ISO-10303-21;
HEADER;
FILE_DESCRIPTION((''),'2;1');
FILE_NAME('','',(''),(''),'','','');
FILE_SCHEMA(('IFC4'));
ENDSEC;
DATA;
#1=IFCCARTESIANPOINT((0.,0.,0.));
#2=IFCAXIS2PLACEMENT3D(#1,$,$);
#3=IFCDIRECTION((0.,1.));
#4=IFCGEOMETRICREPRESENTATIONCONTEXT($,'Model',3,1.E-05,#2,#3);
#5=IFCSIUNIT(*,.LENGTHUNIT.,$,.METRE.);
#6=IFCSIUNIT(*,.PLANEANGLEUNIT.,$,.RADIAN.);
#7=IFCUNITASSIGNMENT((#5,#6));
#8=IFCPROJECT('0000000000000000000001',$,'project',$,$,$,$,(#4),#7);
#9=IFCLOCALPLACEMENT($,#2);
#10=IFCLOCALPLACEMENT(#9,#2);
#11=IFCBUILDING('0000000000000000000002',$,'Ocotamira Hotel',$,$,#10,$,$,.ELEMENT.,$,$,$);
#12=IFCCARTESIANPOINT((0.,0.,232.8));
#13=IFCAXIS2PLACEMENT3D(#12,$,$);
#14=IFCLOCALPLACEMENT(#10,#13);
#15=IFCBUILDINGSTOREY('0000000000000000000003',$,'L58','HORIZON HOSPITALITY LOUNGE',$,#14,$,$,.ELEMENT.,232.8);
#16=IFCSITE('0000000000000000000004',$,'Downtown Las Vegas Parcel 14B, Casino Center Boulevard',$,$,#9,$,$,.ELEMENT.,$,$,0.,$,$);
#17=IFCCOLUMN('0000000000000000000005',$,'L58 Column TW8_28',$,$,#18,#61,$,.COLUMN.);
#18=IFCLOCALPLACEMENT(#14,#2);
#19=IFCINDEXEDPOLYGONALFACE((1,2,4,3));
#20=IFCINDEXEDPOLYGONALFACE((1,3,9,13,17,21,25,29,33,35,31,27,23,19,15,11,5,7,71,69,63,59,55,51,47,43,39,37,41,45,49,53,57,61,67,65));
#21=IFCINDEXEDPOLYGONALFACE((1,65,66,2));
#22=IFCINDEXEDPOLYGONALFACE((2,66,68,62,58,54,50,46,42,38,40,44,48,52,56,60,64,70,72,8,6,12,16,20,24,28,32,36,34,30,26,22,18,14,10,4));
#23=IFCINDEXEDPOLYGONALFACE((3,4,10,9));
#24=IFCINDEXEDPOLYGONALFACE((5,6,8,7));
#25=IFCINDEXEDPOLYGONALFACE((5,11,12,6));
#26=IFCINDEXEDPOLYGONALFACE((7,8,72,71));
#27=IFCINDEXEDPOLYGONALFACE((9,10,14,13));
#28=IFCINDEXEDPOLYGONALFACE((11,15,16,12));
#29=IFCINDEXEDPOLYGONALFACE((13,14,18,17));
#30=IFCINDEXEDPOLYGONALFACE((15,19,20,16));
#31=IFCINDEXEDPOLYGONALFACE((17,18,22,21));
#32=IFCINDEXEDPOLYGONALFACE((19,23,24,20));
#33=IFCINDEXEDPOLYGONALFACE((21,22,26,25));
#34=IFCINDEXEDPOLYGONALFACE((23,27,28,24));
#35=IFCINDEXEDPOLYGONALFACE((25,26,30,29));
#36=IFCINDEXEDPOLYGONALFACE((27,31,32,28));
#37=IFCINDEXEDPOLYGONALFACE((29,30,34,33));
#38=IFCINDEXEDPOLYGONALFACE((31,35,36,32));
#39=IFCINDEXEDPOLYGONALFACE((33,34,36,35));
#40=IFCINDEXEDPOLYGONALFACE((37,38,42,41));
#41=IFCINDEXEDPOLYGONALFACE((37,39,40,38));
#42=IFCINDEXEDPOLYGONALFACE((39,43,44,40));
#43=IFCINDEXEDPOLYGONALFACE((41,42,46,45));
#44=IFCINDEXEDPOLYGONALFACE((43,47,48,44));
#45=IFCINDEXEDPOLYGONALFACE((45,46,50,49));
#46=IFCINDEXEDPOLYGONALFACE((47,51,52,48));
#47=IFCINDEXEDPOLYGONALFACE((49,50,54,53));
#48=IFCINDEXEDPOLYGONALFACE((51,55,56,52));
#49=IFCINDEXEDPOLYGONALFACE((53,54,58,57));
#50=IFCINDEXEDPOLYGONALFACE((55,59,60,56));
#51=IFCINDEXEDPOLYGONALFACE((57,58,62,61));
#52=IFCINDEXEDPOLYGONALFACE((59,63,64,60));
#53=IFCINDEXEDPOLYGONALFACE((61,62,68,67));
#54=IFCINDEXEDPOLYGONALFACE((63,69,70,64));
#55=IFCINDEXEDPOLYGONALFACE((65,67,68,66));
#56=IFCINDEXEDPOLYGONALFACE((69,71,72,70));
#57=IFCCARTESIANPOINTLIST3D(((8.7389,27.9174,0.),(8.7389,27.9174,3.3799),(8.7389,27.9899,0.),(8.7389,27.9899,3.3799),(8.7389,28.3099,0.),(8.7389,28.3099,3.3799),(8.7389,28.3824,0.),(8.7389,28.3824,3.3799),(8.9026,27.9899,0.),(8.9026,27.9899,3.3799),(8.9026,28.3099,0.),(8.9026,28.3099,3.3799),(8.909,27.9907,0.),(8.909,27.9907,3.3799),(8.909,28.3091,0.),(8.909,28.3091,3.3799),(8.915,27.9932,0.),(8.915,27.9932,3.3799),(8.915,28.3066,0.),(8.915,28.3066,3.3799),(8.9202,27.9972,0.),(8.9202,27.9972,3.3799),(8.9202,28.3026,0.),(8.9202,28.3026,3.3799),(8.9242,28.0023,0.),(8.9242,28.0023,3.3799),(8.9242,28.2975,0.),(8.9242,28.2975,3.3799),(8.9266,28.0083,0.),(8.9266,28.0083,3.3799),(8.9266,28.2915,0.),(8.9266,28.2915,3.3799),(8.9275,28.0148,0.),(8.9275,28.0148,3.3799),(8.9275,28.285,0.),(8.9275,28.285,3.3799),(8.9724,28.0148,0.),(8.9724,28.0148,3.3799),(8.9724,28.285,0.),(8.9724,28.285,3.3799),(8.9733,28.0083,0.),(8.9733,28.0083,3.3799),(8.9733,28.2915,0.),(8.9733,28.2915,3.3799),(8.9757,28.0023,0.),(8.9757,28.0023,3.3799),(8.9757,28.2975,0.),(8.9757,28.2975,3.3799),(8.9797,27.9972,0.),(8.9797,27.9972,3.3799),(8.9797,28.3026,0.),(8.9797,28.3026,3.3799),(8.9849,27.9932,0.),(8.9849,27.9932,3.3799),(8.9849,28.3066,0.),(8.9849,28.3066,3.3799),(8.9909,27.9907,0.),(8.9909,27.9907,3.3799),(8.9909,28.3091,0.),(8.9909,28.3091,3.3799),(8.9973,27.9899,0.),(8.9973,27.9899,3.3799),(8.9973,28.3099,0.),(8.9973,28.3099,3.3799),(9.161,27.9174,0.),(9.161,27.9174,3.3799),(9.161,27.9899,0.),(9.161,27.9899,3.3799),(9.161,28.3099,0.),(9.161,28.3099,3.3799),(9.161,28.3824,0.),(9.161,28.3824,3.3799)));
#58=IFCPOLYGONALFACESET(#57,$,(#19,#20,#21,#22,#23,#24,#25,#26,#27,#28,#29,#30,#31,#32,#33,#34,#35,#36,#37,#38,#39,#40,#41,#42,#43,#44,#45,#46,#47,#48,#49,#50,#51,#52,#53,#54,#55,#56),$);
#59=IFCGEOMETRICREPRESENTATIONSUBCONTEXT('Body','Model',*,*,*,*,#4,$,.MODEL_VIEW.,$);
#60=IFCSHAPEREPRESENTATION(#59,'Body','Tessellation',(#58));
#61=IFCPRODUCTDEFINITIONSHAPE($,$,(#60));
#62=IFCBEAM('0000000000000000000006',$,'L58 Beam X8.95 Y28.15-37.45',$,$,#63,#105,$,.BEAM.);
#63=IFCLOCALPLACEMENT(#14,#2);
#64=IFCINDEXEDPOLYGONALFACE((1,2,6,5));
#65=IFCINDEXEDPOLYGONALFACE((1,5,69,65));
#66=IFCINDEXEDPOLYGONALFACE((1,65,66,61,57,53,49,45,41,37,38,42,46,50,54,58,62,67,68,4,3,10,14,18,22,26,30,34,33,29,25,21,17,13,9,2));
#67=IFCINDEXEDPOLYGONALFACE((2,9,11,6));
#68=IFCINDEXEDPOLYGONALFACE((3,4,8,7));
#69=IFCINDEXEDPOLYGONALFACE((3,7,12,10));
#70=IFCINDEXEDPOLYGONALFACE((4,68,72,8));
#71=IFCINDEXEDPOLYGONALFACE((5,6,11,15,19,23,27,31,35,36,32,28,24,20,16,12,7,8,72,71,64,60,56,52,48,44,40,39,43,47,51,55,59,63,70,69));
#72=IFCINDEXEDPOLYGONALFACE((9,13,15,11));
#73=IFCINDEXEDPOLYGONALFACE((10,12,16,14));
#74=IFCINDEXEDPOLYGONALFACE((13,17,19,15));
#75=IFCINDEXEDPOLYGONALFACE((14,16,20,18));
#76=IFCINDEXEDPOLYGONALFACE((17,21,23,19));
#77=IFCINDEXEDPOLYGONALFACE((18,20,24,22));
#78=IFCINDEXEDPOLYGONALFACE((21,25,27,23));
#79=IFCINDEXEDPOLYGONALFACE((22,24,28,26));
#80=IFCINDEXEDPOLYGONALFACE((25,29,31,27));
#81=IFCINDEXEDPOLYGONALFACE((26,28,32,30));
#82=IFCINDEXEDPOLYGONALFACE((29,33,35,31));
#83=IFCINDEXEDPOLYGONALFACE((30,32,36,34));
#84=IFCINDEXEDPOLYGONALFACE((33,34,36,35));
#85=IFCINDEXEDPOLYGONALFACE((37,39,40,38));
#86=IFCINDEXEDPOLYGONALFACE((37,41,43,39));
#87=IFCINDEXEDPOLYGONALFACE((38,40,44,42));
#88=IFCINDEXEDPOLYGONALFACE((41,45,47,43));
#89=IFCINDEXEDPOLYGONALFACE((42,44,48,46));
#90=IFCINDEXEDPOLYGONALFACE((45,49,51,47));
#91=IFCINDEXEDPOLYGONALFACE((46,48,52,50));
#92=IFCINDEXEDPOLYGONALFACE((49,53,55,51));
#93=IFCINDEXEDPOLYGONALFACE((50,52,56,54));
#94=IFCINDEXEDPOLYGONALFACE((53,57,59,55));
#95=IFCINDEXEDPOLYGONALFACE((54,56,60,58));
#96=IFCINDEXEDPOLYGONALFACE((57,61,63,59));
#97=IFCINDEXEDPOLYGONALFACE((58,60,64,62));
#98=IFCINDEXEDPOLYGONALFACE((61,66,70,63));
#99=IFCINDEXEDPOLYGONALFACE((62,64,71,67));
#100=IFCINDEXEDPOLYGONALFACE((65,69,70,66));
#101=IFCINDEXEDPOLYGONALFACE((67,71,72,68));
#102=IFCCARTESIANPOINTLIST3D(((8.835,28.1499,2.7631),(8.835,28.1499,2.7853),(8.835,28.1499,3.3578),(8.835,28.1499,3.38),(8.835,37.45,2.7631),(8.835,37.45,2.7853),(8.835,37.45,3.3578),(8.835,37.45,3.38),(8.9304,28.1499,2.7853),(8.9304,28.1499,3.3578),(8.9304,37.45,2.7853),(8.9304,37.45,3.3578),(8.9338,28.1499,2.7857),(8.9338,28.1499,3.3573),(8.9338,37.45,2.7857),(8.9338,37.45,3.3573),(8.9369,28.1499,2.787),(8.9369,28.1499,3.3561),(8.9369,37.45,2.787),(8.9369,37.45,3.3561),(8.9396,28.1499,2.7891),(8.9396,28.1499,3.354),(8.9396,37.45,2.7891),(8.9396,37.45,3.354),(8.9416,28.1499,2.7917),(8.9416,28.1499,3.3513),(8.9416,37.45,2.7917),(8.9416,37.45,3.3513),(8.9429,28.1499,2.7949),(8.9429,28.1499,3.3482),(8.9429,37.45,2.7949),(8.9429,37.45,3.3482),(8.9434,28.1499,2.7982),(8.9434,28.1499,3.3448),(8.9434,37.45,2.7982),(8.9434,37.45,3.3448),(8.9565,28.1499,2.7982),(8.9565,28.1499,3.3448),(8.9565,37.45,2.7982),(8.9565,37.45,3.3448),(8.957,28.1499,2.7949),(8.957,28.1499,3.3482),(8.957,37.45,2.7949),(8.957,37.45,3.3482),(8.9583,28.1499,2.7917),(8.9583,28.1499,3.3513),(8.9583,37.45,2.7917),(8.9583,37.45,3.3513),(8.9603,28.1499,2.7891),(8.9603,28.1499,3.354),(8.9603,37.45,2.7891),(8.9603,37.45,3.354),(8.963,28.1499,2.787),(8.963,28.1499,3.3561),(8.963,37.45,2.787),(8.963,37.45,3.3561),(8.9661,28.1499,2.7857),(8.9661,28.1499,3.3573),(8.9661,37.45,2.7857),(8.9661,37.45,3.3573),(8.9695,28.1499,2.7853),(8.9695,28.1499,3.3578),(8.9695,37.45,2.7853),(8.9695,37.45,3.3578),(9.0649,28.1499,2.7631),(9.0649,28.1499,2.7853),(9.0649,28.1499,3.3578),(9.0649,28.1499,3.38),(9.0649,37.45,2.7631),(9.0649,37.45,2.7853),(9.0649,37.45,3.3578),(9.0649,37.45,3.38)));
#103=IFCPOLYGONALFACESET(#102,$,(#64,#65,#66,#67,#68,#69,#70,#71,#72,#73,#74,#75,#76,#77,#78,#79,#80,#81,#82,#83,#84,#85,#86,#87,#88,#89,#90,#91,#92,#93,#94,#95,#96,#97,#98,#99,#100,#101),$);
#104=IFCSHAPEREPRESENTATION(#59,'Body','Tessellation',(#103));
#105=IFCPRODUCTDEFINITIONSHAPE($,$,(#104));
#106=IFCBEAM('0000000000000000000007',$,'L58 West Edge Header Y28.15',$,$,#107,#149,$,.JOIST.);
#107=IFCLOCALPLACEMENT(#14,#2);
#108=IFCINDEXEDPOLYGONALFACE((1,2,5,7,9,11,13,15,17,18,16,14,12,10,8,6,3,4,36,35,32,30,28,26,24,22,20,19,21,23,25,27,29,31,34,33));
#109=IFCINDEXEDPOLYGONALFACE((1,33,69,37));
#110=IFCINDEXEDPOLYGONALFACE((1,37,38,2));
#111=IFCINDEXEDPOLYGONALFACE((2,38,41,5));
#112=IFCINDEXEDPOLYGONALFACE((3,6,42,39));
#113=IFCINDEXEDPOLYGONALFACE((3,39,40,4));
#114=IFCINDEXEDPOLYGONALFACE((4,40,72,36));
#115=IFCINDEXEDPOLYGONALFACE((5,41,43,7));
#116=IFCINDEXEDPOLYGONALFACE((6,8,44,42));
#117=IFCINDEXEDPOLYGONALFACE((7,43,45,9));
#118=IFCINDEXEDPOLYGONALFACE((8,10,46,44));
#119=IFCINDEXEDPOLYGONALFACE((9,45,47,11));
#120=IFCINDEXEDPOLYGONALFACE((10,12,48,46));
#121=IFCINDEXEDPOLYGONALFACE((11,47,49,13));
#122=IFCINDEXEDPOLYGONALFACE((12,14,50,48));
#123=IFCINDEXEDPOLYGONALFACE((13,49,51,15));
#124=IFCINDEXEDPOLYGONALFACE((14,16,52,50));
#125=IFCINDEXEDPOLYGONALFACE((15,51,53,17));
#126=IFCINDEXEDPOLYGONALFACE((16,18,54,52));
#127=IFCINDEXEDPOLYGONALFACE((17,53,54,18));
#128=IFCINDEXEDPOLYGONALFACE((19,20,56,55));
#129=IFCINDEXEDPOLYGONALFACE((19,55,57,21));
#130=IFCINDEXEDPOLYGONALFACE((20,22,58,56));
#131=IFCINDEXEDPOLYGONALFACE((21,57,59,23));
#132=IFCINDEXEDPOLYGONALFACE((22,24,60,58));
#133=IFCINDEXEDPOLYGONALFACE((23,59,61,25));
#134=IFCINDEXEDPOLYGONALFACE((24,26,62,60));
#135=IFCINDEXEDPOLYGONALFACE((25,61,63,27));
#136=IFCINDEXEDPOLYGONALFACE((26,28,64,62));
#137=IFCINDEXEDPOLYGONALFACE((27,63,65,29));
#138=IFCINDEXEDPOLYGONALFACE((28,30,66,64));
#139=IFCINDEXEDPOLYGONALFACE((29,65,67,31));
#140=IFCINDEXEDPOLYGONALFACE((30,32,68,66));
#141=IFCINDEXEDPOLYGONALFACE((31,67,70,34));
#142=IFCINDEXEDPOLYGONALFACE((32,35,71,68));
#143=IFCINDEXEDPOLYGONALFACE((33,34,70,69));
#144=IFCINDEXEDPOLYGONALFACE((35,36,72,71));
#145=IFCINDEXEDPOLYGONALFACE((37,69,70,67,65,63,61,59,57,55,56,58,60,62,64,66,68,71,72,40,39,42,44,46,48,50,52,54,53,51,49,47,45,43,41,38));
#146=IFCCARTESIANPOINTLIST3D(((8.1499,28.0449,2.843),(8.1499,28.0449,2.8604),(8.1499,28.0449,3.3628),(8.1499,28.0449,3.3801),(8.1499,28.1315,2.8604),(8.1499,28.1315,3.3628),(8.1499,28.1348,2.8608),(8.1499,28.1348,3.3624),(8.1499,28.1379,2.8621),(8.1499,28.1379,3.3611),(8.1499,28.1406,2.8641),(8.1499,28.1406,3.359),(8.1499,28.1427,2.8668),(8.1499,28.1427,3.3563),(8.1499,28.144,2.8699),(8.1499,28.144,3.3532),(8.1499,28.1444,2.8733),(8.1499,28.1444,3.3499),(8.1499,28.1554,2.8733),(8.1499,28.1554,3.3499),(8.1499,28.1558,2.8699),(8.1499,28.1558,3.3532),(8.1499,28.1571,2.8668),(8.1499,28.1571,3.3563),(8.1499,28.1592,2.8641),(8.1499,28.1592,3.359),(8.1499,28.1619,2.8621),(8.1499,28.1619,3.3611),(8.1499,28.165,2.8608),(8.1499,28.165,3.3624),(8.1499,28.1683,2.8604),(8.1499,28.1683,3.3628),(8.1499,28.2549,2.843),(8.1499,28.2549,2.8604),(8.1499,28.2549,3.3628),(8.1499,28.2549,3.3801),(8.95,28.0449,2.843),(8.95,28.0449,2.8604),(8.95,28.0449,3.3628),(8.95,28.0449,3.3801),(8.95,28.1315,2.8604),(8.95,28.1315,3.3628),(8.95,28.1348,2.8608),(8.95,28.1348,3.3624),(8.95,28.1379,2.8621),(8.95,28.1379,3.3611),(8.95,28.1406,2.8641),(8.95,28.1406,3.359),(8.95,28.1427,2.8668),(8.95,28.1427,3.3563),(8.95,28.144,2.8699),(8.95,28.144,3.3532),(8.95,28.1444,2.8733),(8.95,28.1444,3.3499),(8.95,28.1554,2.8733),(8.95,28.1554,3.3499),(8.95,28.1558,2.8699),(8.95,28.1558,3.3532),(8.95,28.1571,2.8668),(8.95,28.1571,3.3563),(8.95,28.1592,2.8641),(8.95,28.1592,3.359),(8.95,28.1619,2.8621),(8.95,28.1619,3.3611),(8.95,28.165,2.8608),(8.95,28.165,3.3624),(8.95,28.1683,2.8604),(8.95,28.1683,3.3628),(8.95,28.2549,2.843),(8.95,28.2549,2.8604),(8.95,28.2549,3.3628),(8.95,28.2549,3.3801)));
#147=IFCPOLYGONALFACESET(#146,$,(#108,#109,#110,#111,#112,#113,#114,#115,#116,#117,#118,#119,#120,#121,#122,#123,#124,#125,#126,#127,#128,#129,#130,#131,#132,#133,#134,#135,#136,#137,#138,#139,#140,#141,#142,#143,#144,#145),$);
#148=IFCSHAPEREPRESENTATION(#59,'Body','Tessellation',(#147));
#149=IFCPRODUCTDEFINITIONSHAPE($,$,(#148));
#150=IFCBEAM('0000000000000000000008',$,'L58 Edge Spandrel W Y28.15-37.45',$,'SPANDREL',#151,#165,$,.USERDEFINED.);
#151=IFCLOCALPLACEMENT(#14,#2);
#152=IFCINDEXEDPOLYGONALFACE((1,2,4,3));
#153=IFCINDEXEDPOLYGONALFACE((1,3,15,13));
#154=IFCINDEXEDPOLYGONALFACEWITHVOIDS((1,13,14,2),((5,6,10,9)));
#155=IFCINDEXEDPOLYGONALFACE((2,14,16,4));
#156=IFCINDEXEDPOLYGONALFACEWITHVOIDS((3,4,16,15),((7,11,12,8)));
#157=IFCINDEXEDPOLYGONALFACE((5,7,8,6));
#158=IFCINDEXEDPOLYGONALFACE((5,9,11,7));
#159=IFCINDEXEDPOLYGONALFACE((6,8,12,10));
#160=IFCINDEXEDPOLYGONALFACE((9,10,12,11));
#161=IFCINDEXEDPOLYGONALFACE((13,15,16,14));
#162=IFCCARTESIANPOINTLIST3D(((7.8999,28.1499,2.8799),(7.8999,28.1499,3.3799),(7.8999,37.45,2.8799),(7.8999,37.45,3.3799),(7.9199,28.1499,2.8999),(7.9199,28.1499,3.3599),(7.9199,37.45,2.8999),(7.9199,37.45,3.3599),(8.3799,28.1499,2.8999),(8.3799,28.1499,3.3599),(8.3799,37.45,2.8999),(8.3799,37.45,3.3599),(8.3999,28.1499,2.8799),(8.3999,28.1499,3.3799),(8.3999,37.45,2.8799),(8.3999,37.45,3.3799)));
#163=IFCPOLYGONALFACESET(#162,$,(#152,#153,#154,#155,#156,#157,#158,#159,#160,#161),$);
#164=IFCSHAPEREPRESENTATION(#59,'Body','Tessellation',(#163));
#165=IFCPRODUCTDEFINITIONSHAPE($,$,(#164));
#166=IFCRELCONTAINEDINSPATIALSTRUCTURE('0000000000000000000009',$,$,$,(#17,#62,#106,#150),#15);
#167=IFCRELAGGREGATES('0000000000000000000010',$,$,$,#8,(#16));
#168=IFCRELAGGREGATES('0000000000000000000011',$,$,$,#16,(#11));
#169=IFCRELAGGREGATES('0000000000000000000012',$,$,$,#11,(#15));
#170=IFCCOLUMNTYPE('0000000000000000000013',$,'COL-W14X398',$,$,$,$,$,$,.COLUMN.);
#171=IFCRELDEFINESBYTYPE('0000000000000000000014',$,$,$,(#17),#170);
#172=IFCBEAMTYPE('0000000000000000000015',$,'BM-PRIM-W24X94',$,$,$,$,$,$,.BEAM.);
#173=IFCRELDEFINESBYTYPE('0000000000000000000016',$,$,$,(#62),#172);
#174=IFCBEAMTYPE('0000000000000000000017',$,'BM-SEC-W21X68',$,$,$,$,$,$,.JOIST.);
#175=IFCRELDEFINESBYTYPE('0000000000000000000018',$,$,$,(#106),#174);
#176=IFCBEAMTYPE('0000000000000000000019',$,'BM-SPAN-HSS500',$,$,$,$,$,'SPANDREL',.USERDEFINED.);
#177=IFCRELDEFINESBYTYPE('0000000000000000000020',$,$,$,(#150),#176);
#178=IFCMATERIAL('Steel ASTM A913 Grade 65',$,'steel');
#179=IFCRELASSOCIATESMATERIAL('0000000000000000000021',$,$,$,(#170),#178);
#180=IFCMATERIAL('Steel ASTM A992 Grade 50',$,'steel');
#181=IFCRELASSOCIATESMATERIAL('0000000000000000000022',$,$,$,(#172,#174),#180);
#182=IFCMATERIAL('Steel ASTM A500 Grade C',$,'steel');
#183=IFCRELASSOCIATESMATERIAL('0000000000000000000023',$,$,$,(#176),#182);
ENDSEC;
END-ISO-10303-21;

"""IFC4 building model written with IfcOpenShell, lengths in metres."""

from ifc_helpers import new_model, si_unit, direction, frame, origin, origin_2d, place, context, subcontext, project, spatial, hollow_rectangle, i_section, extrude, source, transform, mapped, material, material_profile, profile_set, type_object, element, save


model = new_model("IFC4")

# Units and contexts
model_context = context("Model", 3, precision=1e-05, world=origin(), true_north=direction((0.0, 1.0)))
body_context = subcontext(model_context, "Body", "Model", "MODEL_VIEW")
ifc_project = project(units=[si_unit("LENGTHUNIT", "METRE"), si_unit("PLANEANGLEUNIT", "RADIAN")], contexts=[model_context])

# Site, building, storey
site_placement = place(None, origin())
site = spatial("IfcSite", under=ifc_project, at=site_placement, Name="Downtown Las Vegas Parcel 14B, Casino Center Boulevard", CompositionType="ELEMENT", RefElevation=0.0)
building_placement = place(site_placement, origin())
building = spatial("IfcBuilding", under=site, at=building_placement, Name="Ocotamira Hotel", CompositionType="ELEMENT")
storey_placement = place(building_placement, frame((0.0, 0.0, 232.8)))
storey = spatial("IfcBuildingStorey", under=building, at=storey_placement, Name="L58", Description="HORIZON HOSPITALITY LOUNGE", CompositionType="ELEMENT", Elevation=232.8)

# Column
ifc_material_1 = material(Name="Steel ASTM A913 Grade 65", Category="steel")
ifc_material_profile_1 = material_profile(ifc_material_1, i_section(OverallWidth=0.4221, OverallDepth=0.4651, WebThickness=0.0449, FlangeThickness=0.0725, FilletRadius=0.0249, at=origin_2d()), Name="W14X398")
ifc_profile_set_1 = profile_set([ifc_material_profile_1], Name="Steel ASTM A913 Grade 65")
column_type = type_object("IfcColumnType", Name="COL-W14X398", PredefinedType="COLUMN", material=ifc_profile_set_1)
shared_shape_1 = source(origin(), body_context, "Body", "SweptSolid", [
    extrude(i_section(OverallWidth=0.4221, OverallDepth=0.4651, WebThickness=0.0449, FlangeThickness=0.0725, FilletRadius=0.0249, at=origin_2d()), origin(), (0.0, 0.0, 1.0), 3.3799),
])
column_placement = place(storey_placement, frame((8.95, 28.1499, 0.0), z_axis=(0.0, 0.0, 1.0), x_axis=(1.0, 0.0, 0.0)))
element("IfcColumn", 1, at=column_placement, inside=storey, type_object=column_type, Name="L58 Column TW8_28", PredefinedType="COLUMN", context=body_context, shape_type="MappedRepresentation", body=[
    mapped(shared_shape_1, transform((0.0, 0.0, 0.0), scale=1.0)),
])

# Beams
ifc_material_2 = material(Name="Steel ASTM A992 Grade 50", Category="steel")
ifc_material_profile_2 = material_profile(ifc_material_2, i_section(OverallWidth=0.23, OverallDepth=0.6169, WebThickness=0.0132, FlangeThickness=0.0222, FilletRadius=0.0129, at=origin_2d()), Name="W24X94")
ifc_profile_set_2 = profile_set([ifc_material_profile_2], Name="Steel ASTM A992 Grade 50")
beam_type_1 = type_object("IfcBeamType", Name="BM-PRIM-W24X94", PredefinedType="BEAM", material=ifc_profile_set_2)
shared_shape_2 = source(origin(), body_context, "Body", "SweptSolid", [
    extrude(i_section(OverallWidth=0.23, OverallDepth=0.6169, WebThickness=0.0132, FlangeThickness=0.0222, FilletRadius=0.0129, at=origin_2d()), origin(), (0.0, 0.0, 1.0), 9.3),
])
beam_1_placement = place(storey_placement, frame((8.95, 28.1499, 3.0715), z_axis=(0.0, 1.0, 0.0), x_axis=(-1.0, 0.0, 0.0)))
element("IfcBeam", 2, at=beam_1_placement, inside=storey, type_object=beam_type_1, Name="L58 Beam X8.95 Y28.15-37.45", PredefinedType="BEAM", context=body_context, shape_type="MappedRepresentation", body=[
    mapped(shared_shape_2, transform((0.0, 0.0, 0.0), scale=1.0)),
])
ifc_material_profile_3 = material_profile(ifc_material_2, i_section(OverallWidth=0.21, OverallDepth=0.5371, WebThickness=0.011, FlangeThickness=0.0173, FilletRadius=0.0129, at=origin_2d()), Name="W21X68")
ifc_profile_set_3 = profile_set([ifc_material_profile_3], Name="Steel ASTM A992 Grade 50")
beam_type_2 = type_object("IfcBeamType", Name="BM-SEC-W21X68", PredefinedType="JOIST", material=ifc_profile_set_3)
shared_shape_3 = source(origin(), body_context, "Body", "SweptSolid", [
    extrude(i_section(OverallWidth=0.21, OverallDepth=0.5371, WebThickness=0.011, FlangeThickness=0.0173, FilletRadius=0.0129, at=origin_2d()), origin(), (0.0, 0.0, 1.0), 0.8),
])
beam_2_placement = place(storey_placement, frame((8.95, 28.1499, 3.1116), z_axis=(-1.0, 0.0, 0.0), x_axis=(0.0, -1.0, 0.0)))
element("IfcBeam", 3, at=beam_2_placement, inside=storey, type_object=beam_type_2, Name="L58 West Edge Header Y28.15", PredefinedType="JOIST", context=body_context, shape_type="MappedRepresentation", body=[
    mapped(shared_shape_3, transform((0.0, 0.0, 0.0), scale=1.0)),
])
ifc_material_3 = material(Name="Steel ASTM A500 Grade C", Category="steel")
ifc_material_profile_4 = material_profile(ifc_material_3, hollow_rectangle(XDim=0.5, YDim=0.5, WallThickness=0.02, at=origin_2d()), Name="HSS500X500X20")
ifc_profile_set_4 = profile_set([ifc_material_profile_4], Name="Steel ASTM A500 Grade C")
beam_type_3 = type_object("IfcBeamType", Name="BM-SPAN-HSS500", ElementType="SPANDREL", PredefinedType="USERDEFINED", material=ifc_profile_set_4)
shared_shape_4 = source(origin(), body_context, "Body", "SweptSolid", [
    extrude(hollow_rectangle(XDim=0.5, YDim=0.5, WallThickness=0.02, at=origin_2d()), origin(), (0.0, 0.0, 1.0), 9.3),
])
beam_3_placement = place(storey_placement, frame((8.1499, 28.1499, 3.1299), z_axis=(0.0, 1.0, 0.0), x_axis=(-1.0, 0.0, 0.0)))
element("IfcBeam", 4, at=beam_3_placement, inside=storey, type_object=beam_type_3, Name="L58 Edge Spandrel W Y28.15-37.45", ObjectType="SPANDREL", PredefinedType="USERDEFINED", context=body_context, shape_type="MappedRepresentation", body=[
    mapped(shared_shape_4, transform((0.0, 0.0, 0.0), scale=1.0)),
])

save(model, "model.ifc")
